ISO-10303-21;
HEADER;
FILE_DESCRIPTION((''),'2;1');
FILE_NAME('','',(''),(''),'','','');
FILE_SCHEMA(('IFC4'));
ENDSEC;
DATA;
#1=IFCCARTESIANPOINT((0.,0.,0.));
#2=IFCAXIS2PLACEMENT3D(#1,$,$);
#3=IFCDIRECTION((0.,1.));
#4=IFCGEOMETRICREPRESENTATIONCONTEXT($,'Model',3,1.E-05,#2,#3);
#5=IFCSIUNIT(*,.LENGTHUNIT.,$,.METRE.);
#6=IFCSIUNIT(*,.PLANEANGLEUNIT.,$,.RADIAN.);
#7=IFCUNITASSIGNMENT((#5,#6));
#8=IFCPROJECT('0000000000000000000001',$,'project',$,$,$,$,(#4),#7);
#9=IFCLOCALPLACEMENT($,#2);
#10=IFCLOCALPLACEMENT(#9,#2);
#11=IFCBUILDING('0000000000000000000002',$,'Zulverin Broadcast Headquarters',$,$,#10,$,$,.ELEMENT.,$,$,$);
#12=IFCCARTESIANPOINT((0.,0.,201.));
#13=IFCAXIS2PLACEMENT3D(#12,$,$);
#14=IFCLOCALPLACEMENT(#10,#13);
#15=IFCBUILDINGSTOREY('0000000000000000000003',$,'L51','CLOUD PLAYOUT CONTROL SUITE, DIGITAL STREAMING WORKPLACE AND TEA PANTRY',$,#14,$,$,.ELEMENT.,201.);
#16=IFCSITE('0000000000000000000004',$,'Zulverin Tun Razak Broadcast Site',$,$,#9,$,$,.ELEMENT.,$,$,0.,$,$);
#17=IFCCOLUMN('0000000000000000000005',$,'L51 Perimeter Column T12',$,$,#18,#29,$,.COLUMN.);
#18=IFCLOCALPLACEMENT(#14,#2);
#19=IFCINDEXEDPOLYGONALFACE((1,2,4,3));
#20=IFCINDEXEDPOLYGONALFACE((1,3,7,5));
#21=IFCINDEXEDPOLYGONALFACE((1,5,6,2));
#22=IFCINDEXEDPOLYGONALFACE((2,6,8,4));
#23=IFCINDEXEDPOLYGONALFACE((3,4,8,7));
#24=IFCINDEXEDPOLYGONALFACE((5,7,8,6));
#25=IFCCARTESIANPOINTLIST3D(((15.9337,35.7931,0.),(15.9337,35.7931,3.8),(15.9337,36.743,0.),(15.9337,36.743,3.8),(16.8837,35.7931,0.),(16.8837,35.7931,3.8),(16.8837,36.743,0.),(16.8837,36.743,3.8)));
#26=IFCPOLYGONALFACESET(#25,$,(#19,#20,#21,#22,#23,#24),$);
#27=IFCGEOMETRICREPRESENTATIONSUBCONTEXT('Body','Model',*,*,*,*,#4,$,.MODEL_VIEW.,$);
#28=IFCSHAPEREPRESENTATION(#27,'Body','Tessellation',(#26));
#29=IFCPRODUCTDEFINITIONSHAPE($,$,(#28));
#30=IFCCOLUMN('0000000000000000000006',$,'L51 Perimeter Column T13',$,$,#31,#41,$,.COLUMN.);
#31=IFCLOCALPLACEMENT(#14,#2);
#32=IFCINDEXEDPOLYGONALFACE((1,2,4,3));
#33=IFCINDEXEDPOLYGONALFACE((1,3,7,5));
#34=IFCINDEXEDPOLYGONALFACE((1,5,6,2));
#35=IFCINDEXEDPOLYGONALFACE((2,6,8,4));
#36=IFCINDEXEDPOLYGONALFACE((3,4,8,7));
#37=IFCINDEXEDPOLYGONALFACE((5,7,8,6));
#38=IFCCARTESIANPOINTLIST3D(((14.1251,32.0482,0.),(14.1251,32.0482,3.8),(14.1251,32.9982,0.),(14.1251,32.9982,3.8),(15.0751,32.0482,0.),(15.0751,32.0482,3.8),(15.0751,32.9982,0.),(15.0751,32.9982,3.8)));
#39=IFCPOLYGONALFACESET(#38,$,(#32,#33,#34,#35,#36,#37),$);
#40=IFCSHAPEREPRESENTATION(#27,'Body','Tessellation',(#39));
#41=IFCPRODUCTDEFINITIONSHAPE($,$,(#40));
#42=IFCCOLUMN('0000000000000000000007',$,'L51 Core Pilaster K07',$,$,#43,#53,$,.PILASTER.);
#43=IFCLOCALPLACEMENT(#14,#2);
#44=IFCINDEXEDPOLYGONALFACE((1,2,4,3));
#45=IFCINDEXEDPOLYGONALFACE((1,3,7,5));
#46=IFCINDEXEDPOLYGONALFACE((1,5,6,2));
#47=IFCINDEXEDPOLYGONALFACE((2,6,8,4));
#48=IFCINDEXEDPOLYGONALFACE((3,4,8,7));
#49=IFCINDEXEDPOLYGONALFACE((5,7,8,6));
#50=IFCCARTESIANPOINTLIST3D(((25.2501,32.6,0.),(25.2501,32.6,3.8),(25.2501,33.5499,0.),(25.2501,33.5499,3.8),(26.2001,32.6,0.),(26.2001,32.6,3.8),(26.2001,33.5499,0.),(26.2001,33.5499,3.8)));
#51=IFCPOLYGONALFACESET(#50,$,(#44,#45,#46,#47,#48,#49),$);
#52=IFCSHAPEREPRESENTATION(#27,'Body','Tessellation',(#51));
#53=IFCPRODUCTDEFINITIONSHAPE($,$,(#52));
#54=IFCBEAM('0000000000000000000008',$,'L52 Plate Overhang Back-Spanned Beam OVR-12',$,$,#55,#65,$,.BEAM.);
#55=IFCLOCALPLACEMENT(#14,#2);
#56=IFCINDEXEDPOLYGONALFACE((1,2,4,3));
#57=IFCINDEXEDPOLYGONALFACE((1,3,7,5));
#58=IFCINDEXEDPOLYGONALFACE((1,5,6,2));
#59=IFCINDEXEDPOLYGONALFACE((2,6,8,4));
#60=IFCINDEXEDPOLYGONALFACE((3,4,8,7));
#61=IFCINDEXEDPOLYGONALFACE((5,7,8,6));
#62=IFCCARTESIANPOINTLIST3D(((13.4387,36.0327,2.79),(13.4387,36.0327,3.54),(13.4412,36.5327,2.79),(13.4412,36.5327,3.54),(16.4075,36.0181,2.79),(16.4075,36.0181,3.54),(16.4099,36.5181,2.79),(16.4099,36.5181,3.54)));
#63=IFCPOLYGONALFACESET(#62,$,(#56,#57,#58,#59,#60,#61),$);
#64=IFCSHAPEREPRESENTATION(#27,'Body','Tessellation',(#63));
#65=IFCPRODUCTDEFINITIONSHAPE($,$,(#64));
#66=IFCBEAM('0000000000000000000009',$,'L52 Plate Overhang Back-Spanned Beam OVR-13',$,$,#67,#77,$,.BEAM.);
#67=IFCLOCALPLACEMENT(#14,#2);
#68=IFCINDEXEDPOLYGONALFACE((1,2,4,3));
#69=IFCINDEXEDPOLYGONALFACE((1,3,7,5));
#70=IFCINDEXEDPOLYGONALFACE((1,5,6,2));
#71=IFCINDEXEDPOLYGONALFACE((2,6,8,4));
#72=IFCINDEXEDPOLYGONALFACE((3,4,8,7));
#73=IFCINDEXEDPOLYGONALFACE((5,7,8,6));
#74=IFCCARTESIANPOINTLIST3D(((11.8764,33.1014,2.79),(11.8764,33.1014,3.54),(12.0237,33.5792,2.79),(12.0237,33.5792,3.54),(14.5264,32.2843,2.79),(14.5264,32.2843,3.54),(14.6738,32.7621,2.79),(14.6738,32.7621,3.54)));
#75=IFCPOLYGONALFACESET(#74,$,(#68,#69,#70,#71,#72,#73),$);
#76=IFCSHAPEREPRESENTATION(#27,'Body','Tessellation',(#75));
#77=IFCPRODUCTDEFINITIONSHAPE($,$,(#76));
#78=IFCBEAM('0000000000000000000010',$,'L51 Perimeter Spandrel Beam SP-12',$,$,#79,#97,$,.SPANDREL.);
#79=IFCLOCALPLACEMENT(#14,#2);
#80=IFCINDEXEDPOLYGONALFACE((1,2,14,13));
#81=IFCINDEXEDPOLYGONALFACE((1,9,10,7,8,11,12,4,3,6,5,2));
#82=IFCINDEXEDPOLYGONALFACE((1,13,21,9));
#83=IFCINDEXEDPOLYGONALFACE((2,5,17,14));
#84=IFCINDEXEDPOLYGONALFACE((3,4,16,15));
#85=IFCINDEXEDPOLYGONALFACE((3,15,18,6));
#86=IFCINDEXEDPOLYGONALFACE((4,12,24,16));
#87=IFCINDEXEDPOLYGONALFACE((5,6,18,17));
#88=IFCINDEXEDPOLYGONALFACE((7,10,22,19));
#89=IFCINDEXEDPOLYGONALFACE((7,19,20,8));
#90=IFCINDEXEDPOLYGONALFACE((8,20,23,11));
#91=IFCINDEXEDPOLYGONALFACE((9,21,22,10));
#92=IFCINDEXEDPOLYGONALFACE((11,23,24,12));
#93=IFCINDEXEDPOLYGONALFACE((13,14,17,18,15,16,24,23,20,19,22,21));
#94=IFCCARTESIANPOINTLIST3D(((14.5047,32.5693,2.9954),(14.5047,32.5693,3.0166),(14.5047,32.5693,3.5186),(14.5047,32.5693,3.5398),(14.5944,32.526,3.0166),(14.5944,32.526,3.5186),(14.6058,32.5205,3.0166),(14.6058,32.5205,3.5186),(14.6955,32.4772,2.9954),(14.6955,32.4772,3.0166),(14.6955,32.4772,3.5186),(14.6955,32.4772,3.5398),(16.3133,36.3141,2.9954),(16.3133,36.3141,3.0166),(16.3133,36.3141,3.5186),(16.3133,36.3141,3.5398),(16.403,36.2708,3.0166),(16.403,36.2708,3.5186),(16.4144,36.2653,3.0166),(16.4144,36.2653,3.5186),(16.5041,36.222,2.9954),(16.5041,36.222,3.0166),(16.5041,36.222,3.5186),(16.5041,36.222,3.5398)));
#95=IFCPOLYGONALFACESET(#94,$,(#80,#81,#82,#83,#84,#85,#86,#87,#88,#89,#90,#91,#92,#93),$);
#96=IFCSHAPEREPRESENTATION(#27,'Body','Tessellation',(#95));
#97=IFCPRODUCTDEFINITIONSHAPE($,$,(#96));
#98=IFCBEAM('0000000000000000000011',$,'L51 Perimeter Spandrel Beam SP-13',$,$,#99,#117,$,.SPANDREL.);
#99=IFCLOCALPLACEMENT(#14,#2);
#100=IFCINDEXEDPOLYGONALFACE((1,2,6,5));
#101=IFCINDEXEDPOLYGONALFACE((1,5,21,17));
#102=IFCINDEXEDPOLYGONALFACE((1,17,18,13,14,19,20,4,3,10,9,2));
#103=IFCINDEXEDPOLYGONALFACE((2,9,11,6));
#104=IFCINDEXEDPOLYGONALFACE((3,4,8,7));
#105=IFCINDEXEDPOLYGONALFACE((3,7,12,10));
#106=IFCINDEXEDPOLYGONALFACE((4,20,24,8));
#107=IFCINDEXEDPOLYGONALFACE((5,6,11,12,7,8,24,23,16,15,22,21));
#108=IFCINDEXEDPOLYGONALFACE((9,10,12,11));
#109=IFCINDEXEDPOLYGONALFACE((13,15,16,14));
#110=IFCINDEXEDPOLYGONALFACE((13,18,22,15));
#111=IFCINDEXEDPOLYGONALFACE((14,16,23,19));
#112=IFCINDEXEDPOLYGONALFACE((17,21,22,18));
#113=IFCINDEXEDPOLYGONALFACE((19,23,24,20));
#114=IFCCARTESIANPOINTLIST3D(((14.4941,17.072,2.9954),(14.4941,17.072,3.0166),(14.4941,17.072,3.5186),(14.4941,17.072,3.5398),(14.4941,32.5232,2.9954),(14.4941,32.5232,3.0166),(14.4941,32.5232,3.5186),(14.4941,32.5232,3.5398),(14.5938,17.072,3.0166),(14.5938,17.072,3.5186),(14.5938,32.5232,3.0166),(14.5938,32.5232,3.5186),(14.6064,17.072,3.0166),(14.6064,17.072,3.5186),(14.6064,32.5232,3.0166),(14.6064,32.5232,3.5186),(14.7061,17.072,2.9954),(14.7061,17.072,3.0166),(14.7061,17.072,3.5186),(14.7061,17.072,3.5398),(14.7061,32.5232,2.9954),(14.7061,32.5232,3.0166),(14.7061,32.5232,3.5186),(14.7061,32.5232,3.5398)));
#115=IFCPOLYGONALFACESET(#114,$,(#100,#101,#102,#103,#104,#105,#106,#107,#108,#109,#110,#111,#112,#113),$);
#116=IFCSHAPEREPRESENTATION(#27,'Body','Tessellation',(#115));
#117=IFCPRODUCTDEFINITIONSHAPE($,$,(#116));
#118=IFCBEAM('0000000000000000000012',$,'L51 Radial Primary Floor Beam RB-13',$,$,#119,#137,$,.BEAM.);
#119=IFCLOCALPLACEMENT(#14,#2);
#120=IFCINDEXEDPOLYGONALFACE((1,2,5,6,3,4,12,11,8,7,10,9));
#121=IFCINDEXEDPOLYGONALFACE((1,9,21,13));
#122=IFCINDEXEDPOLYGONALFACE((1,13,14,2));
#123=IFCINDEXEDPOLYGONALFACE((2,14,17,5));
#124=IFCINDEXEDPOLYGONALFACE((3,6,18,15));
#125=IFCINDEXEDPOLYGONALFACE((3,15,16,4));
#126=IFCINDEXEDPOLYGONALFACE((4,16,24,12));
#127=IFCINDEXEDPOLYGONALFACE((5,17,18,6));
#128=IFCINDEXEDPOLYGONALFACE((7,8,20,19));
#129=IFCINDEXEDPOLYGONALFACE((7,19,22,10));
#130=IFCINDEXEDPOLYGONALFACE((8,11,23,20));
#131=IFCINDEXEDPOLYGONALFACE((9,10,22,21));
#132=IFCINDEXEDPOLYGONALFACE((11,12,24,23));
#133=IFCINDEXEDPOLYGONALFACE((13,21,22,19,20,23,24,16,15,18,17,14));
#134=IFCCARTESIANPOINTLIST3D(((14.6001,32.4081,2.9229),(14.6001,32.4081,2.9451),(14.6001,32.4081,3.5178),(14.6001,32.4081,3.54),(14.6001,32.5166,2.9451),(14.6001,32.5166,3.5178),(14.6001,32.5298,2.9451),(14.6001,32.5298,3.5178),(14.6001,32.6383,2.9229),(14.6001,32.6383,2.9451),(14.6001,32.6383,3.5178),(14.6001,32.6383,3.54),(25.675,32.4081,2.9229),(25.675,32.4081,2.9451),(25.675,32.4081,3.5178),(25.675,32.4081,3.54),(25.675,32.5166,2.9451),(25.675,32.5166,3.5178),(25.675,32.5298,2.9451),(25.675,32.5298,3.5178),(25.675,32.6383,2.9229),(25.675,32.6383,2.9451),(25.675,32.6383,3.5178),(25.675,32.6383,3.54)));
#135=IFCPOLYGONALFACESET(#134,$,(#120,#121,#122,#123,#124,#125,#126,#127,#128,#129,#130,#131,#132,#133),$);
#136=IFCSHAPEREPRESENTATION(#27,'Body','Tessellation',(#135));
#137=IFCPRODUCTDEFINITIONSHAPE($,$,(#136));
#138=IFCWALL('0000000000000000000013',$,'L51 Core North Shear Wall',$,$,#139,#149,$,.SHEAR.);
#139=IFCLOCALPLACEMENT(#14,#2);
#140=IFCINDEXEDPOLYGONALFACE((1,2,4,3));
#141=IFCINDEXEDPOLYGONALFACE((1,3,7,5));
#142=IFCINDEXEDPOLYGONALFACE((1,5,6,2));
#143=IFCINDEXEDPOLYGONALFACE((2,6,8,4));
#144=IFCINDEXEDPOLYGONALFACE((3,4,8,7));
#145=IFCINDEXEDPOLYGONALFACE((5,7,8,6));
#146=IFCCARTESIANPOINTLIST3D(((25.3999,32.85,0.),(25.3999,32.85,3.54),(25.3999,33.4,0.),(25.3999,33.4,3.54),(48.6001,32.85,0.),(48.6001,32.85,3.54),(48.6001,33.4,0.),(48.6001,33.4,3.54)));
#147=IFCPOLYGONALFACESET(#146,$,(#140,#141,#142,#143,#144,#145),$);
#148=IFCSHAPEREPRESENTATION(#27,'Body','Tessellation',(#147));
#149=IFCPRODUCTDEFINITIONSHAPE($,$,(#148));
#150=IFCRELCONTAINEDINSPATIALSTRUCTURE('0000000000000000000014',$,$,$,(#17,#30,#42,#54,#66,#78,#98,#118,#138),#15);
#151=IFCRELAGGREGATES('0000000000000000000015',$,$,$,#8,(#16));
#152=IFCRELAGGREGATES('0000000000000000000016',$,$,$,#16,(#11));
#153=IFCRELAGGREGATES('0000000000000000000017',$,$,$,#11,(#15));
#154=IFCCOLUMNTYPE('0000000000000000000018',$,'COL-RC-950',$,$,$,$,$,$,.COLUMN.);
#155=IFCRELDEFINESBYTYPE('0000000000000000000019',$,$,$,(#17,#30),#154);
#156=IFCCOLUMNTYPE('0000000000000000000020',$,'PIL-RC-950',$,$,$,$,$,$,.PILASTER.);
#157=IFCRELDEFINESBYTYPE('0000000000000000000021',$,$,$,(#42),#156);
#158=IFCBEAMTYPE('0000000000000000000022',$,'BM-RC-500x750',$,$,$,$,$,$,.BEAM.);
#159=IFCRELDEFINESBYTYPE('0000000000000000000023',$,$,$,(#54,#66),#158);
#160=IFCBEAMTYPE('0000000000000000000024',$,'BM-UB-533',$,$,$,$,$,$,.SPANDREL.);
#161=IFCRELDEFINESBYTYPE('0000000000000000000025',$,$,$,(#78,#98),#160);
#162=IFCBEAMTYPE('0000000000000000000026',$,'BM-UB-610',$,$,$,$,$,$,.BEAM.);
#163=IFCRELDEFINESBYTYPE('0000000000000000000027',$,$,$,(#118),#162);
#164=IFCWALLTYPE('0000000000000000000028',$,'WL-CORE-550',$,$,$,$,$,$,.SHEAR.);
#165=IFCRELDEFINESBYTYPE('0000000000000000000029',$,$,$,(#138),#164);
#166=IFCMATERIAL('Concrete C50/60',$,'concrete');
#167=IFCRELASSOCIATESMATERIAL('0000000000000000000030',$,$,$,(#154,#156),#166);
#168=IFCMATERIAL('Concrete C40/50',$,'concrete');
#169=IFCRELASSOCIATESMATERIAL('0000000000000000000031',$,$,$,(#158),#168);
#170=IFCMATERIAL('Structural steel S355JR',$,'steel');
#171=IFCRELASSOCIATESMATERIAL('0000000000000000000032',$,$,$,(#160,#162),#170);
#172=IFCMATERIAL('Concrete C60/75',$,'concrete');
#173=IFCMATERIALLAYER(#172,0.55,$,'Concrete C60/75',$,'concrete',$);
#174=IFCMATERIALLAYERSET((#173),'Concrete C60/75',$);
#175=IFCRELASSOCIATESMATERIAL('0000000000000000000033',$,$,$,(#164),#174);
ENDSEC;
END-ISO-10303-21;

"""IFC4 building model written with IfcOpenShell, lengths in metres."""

from ifc_helpers import new_model, si_unit, direction, frame, frame_2d, origin, origin_2d, place, context, subcontext, project, spatial, rectangle, i_section, extrude, material, layer, layer_set, material_profile, profile_set, type_object, element, save


model = new_model("IFC4")

# Units and contexts
model_context = context("Model", 3, precision=1e-05, world=origin(), true_north=direction((0.0, 1.0)))
body_context = subcontext(model_context, "Body", "Model", "MODEL_VIEW")
ifc_project = project(units=[si_unit("LENGTHUNIT", "METRE"), si_unit("PLANEANGLEUNIT", "RADIAN")], contexts=[model_context])

# Site, building, storey
site_placement = place(None, origin())
site = spatial("IfcSite", under=ifc_project, at=site_placement, Name="Zulverin Tun Razak Broadcast Site", CompositionType="ELEMENT", RefElevation=0.0)
building_placement = place(site_placement, origin())
building = spatial("IfcBuilding", under=site, at=building_placement, Name="Zulverin Broadcast Headquarters", CompositionType="ELEMENT")
storey_placement = place(building_placement, frame((0.0, 0.0, 201.0)))
storey = spatial("IfcBuildingStorey", under=building, at=storey_placement, Name="L51", Description="CLOUD PLAYOUT CONTROL SUITE, DIGITAL STREAMING WORKPLACE AND TEA PANTRY", CompositionType="ELEMENT", Elevation=201.0)

# Columns
ifc_material_1 = material(Name="Concrete C50/60", Category="concrete")
ifc_material_profile_1 = material_profile(ifc_material_1, rectangle(XDim=0.95, YDim=0.95, at=origin_2d()), Name="Concrete C50/60", Category="concrete")
ifc_profile_set_1 = profile_set([ifc_material_profile_1], Name="Concrete C50/60")
column_type_1 = type_object("IfcColumnType", Name="COL-RC-950", PredefinedType="COLUMN", material=ifc_profile_set_1)
for number, where, z_axis, x_axis, name in (
    (1, (16.4087, 36.2681, 0.0), (0.0, 0.0, 1.0), (1.0, 0.0, 0.0), "L51 Perimeter Column T12"),
    (2, (14.6001, 32.5232, 0.0), (0.0, 0.0, 1.0), (1.0, 0.0, 0.0), "L51 Perimeter Column T13"),
):
    element("IfcColumn", number, at=place(storey_placement, frame(where, z_axis=z_axis, x_axis=x_axis)), inside=storey, type_object=column_type_1, Name=name, PredefinedType="COLUMN", context=body_context, shape_type="SweptSolid", body=[
        extrude(rectangle(XDim=0.95, YDim=0.95, at=origin_2d()), origin(), (0.0, 0.0, 1.0), 3.8),
    ])
ifc_material_profile_2 = material_profile(ifc_material_1, rectangle(XDim=0.95, YDim=0.95, at=origin_2d()), Name="Concrete C50/60", Category="concrete")
ifc_profile_set_2 = profile_set([ifc_material_profile_2], Name="Concrete C50/60")
column_type_2 = type_object("IfcColumnType", Name="PIL-RC-950", PredefinedType="PILASTER", material=ifc_profile_set_2)
column_placement = place(storey_placement, frame((25.7251, 33.075, 0.0), z_axis=(0.0, 0.0, 1.0), x_axis=(1.0, 0.0, 0.0)))
element("IfcColumn", 3, at=column_placement, inside=storey, type_object=column_type_2, Name="L51 Core Pilaster K07", PredefinedType="PILASTER", context=body_context, shape_type="SweptSolid", body=[
    extrude(rectangle(XDim=0.95, YDim=0.95, at=origin_2d()), origin(), (0.0, 0.0, 1.0), 3.8),
])

# Beams
ifc_material_2 = material(Name="Concrete C40/50", Category="concrete")
ifc_material_profile_3 = material_profile(ifc_material_2, rectangle(XDim=0.5, YDim=0.75, at=origin_2d()), Name="Concrete C40/50", Category="concrete")
ifc_profile_set_3 = profile_set([ifc_material_profile_3], Name="Concrete C40/50")
beam_type_1 = type_object("IfcBeamType", Name="BM-RC-500x750", PredefinedType="BEAM", material=ifc_profile_set_3)
beam_1_placement = place(storey_placement, frame((16.4087, 36.2681, 3.165), z_axis=(-0.999988, 0.004934, 0.0), x_axis=(-0.004934, -0.999988, 0.0)))
element("IfcBeam", 4, at=beam_1_placement, inside=storey, type_object=beam_type_1, Name="L52 Plate Overhang Back-Spanned Beam OVR-12", PredefinedType="BEAM", context=body_context, shape_type="SweptSolid", body=[
    extrude(rectangle(XDim=0.5, YDim=0.75, at=origin_2d()), origin(), (0.0, 0.0, 1.0), 2.9688),
])
beam_2_placement = place(storey_placement, frame((14.6001, 32.5232, 3.165), z_axis=(-0.955606, 0.294649, 0.0), x_axis=(-0.294649, -0.955606, 0.0)))
element("IfcBeam", 5, at=beam_2_placement, inside=storey, type_object=beam_type_1, Name="L52 Plate Overhang Back-Spanned Beam OVR-13", PredefinedType="BEAM", context=body_context, shape_type="SweptSolid", body=[
    extrude(rectangle(XDim=0.5, YDim=0.75, at=origin_2d()), origin(), (0.0, 0.0, 1.0), 2.7732),
])
ifc_material_3 = material(Name="Structural steel S355JR", Category="steel")
ifc_material_profile_4 = material_profile(ifc_material_3, i_section(OverallWidth=0.2119, OverallDepth=0.5444, WebThickness=0.0127, FlangeThickness=0.0212, at=origin_2d()), Name="Structural steel S355JR", Category="steel")
ifc_profile_set_4 = profile_set([ifc_material_profile_4], Name="Structural steel S355JR")
beam_type_2 = type_object("IfcBeamType", Name="BM-UB-533", PredefinedType="SPANDREL", material=ifc_profile_set_4)
beam_3_placement = place(storey_placement, frame((16.4087, 36.2681, 3.2676), z_axis=(-0.43489, -0.900483, 0.0), x_axis=(0.900483, -0.43489, 0.0)))
element("IfcBeam", 6, at=beam_3_placement, inside=storey, type_object=beam_type_2, Name="L51 Perimeter Spandrel Beam SP-12", PredefinedType="SPANDREL", context=body_context, shape_type="SweptSolid", body=[
    extrude(i_section(OverallWidth=0.2119, OverallDepth=0.5444, WebThickness=0.0127, FlangeThickness=0.0212, at=origin_2d()), origin(), (0.0, 0.0, 1.0), 4.1587),
])
beam_4_placement = place(storey_placement, frame((14.6001, 32.5232, 3.2676), z_axis=(0.0, -1.0, 0.0), x_axis=(1.0, 0.0, 0.0)))
element("IfcBeam", 7, at=beam_4_placement, inside=storey, type_object=beam_type_2, Name="L51 Perimeter Spandrel Beam SP-13", PredefinedType="SPANDREL", context=body_context, shape_type="SweptSolid", body=[
    extrude(i_section(OverallWidth=0.2119, OverallDepth=0.5444, WebThickness=0.0127, FlangeThickness=0.0212, at=origin_2d()), origin(), (0.0, 0.0, 1.0), 15.4512),
])
ifc_material_profile_5 = material_profile(ifc_material_3, i_section(OverallWidth=0.2302, OverallDepth=0.6172, WebThickness=0.0132, FlangeThickness=0.0222, at=origin_2d()), Name="Structural steel S355JR", Category="steel")
ifc_profile_set_5 = profile_set([ifc_material_profile_5], Name="Structural steel S355JR")
beam_type_3 = type_object("IfcBeamType", Name="BM-UB-610", PredefinedType="BEAM", material=ifc_profile_set_5)
beam_5_placement = place(storey_placement, frame((25.675, 32.5232, 3.2314), z_axis=(-1.0, 0.0, 0.0), x_axis=(0.0, -1.0, 0.0)))
element("IfcBeam", 8, at=beam_5_placement, inside=storey, type_object=beam_type_3, Name="L51 Radial Primary Floor Beam RB-13", PredefinedType="BEAM", context=body_context, shape_type="SweptSolid", body=[
    extrude(i_section(OverallWidth=0.2302, OverallDepth=0.6172, WebThickness=0.0132, FlangeThickness=0.0222, at=origin_2d()), origin(), (0.0, 0.0, 1.0), 11.075),
])

# Wall
ifc_material_4 = material(Name="Concrete C60/75", Category="concrete")
ifc_layer_1 = layer(ifc_material_4, 0.55, Name="Concrete C60/75", Category="concrete")
ifc_layer_set_1 = layer_set([ifc_layer_1], Name="Concrete C60/75")
wall_type_1 = type_object("IfcWallType", Name="WL-CORE-550", PredefinedType="SHEAR", material=ifc_layer_set_1)
wall_1_placement = place(storey_placement, frame((25.3999, 33.125, 0.0), z_axis=(0.0, 0.0, 1.0), x_axis=(1.0, 0.0, 0.0)))
element("IfcWall", 9, at=wall_1_placement, inside=storey, type_object=wall_type_1, Name="L51 Core North Shear Wall", PredefinedType="SHEAR", context=body_context, shape_type="SweptSolid", body=[
    extrude(rectangle(XDim=23.2002, YDim=0.55, at=frame_2d((11.6001, 0.0))), origin(), (0.0, 0.0, 1.0), 3.54),
])

save(model, "model.ifc")
